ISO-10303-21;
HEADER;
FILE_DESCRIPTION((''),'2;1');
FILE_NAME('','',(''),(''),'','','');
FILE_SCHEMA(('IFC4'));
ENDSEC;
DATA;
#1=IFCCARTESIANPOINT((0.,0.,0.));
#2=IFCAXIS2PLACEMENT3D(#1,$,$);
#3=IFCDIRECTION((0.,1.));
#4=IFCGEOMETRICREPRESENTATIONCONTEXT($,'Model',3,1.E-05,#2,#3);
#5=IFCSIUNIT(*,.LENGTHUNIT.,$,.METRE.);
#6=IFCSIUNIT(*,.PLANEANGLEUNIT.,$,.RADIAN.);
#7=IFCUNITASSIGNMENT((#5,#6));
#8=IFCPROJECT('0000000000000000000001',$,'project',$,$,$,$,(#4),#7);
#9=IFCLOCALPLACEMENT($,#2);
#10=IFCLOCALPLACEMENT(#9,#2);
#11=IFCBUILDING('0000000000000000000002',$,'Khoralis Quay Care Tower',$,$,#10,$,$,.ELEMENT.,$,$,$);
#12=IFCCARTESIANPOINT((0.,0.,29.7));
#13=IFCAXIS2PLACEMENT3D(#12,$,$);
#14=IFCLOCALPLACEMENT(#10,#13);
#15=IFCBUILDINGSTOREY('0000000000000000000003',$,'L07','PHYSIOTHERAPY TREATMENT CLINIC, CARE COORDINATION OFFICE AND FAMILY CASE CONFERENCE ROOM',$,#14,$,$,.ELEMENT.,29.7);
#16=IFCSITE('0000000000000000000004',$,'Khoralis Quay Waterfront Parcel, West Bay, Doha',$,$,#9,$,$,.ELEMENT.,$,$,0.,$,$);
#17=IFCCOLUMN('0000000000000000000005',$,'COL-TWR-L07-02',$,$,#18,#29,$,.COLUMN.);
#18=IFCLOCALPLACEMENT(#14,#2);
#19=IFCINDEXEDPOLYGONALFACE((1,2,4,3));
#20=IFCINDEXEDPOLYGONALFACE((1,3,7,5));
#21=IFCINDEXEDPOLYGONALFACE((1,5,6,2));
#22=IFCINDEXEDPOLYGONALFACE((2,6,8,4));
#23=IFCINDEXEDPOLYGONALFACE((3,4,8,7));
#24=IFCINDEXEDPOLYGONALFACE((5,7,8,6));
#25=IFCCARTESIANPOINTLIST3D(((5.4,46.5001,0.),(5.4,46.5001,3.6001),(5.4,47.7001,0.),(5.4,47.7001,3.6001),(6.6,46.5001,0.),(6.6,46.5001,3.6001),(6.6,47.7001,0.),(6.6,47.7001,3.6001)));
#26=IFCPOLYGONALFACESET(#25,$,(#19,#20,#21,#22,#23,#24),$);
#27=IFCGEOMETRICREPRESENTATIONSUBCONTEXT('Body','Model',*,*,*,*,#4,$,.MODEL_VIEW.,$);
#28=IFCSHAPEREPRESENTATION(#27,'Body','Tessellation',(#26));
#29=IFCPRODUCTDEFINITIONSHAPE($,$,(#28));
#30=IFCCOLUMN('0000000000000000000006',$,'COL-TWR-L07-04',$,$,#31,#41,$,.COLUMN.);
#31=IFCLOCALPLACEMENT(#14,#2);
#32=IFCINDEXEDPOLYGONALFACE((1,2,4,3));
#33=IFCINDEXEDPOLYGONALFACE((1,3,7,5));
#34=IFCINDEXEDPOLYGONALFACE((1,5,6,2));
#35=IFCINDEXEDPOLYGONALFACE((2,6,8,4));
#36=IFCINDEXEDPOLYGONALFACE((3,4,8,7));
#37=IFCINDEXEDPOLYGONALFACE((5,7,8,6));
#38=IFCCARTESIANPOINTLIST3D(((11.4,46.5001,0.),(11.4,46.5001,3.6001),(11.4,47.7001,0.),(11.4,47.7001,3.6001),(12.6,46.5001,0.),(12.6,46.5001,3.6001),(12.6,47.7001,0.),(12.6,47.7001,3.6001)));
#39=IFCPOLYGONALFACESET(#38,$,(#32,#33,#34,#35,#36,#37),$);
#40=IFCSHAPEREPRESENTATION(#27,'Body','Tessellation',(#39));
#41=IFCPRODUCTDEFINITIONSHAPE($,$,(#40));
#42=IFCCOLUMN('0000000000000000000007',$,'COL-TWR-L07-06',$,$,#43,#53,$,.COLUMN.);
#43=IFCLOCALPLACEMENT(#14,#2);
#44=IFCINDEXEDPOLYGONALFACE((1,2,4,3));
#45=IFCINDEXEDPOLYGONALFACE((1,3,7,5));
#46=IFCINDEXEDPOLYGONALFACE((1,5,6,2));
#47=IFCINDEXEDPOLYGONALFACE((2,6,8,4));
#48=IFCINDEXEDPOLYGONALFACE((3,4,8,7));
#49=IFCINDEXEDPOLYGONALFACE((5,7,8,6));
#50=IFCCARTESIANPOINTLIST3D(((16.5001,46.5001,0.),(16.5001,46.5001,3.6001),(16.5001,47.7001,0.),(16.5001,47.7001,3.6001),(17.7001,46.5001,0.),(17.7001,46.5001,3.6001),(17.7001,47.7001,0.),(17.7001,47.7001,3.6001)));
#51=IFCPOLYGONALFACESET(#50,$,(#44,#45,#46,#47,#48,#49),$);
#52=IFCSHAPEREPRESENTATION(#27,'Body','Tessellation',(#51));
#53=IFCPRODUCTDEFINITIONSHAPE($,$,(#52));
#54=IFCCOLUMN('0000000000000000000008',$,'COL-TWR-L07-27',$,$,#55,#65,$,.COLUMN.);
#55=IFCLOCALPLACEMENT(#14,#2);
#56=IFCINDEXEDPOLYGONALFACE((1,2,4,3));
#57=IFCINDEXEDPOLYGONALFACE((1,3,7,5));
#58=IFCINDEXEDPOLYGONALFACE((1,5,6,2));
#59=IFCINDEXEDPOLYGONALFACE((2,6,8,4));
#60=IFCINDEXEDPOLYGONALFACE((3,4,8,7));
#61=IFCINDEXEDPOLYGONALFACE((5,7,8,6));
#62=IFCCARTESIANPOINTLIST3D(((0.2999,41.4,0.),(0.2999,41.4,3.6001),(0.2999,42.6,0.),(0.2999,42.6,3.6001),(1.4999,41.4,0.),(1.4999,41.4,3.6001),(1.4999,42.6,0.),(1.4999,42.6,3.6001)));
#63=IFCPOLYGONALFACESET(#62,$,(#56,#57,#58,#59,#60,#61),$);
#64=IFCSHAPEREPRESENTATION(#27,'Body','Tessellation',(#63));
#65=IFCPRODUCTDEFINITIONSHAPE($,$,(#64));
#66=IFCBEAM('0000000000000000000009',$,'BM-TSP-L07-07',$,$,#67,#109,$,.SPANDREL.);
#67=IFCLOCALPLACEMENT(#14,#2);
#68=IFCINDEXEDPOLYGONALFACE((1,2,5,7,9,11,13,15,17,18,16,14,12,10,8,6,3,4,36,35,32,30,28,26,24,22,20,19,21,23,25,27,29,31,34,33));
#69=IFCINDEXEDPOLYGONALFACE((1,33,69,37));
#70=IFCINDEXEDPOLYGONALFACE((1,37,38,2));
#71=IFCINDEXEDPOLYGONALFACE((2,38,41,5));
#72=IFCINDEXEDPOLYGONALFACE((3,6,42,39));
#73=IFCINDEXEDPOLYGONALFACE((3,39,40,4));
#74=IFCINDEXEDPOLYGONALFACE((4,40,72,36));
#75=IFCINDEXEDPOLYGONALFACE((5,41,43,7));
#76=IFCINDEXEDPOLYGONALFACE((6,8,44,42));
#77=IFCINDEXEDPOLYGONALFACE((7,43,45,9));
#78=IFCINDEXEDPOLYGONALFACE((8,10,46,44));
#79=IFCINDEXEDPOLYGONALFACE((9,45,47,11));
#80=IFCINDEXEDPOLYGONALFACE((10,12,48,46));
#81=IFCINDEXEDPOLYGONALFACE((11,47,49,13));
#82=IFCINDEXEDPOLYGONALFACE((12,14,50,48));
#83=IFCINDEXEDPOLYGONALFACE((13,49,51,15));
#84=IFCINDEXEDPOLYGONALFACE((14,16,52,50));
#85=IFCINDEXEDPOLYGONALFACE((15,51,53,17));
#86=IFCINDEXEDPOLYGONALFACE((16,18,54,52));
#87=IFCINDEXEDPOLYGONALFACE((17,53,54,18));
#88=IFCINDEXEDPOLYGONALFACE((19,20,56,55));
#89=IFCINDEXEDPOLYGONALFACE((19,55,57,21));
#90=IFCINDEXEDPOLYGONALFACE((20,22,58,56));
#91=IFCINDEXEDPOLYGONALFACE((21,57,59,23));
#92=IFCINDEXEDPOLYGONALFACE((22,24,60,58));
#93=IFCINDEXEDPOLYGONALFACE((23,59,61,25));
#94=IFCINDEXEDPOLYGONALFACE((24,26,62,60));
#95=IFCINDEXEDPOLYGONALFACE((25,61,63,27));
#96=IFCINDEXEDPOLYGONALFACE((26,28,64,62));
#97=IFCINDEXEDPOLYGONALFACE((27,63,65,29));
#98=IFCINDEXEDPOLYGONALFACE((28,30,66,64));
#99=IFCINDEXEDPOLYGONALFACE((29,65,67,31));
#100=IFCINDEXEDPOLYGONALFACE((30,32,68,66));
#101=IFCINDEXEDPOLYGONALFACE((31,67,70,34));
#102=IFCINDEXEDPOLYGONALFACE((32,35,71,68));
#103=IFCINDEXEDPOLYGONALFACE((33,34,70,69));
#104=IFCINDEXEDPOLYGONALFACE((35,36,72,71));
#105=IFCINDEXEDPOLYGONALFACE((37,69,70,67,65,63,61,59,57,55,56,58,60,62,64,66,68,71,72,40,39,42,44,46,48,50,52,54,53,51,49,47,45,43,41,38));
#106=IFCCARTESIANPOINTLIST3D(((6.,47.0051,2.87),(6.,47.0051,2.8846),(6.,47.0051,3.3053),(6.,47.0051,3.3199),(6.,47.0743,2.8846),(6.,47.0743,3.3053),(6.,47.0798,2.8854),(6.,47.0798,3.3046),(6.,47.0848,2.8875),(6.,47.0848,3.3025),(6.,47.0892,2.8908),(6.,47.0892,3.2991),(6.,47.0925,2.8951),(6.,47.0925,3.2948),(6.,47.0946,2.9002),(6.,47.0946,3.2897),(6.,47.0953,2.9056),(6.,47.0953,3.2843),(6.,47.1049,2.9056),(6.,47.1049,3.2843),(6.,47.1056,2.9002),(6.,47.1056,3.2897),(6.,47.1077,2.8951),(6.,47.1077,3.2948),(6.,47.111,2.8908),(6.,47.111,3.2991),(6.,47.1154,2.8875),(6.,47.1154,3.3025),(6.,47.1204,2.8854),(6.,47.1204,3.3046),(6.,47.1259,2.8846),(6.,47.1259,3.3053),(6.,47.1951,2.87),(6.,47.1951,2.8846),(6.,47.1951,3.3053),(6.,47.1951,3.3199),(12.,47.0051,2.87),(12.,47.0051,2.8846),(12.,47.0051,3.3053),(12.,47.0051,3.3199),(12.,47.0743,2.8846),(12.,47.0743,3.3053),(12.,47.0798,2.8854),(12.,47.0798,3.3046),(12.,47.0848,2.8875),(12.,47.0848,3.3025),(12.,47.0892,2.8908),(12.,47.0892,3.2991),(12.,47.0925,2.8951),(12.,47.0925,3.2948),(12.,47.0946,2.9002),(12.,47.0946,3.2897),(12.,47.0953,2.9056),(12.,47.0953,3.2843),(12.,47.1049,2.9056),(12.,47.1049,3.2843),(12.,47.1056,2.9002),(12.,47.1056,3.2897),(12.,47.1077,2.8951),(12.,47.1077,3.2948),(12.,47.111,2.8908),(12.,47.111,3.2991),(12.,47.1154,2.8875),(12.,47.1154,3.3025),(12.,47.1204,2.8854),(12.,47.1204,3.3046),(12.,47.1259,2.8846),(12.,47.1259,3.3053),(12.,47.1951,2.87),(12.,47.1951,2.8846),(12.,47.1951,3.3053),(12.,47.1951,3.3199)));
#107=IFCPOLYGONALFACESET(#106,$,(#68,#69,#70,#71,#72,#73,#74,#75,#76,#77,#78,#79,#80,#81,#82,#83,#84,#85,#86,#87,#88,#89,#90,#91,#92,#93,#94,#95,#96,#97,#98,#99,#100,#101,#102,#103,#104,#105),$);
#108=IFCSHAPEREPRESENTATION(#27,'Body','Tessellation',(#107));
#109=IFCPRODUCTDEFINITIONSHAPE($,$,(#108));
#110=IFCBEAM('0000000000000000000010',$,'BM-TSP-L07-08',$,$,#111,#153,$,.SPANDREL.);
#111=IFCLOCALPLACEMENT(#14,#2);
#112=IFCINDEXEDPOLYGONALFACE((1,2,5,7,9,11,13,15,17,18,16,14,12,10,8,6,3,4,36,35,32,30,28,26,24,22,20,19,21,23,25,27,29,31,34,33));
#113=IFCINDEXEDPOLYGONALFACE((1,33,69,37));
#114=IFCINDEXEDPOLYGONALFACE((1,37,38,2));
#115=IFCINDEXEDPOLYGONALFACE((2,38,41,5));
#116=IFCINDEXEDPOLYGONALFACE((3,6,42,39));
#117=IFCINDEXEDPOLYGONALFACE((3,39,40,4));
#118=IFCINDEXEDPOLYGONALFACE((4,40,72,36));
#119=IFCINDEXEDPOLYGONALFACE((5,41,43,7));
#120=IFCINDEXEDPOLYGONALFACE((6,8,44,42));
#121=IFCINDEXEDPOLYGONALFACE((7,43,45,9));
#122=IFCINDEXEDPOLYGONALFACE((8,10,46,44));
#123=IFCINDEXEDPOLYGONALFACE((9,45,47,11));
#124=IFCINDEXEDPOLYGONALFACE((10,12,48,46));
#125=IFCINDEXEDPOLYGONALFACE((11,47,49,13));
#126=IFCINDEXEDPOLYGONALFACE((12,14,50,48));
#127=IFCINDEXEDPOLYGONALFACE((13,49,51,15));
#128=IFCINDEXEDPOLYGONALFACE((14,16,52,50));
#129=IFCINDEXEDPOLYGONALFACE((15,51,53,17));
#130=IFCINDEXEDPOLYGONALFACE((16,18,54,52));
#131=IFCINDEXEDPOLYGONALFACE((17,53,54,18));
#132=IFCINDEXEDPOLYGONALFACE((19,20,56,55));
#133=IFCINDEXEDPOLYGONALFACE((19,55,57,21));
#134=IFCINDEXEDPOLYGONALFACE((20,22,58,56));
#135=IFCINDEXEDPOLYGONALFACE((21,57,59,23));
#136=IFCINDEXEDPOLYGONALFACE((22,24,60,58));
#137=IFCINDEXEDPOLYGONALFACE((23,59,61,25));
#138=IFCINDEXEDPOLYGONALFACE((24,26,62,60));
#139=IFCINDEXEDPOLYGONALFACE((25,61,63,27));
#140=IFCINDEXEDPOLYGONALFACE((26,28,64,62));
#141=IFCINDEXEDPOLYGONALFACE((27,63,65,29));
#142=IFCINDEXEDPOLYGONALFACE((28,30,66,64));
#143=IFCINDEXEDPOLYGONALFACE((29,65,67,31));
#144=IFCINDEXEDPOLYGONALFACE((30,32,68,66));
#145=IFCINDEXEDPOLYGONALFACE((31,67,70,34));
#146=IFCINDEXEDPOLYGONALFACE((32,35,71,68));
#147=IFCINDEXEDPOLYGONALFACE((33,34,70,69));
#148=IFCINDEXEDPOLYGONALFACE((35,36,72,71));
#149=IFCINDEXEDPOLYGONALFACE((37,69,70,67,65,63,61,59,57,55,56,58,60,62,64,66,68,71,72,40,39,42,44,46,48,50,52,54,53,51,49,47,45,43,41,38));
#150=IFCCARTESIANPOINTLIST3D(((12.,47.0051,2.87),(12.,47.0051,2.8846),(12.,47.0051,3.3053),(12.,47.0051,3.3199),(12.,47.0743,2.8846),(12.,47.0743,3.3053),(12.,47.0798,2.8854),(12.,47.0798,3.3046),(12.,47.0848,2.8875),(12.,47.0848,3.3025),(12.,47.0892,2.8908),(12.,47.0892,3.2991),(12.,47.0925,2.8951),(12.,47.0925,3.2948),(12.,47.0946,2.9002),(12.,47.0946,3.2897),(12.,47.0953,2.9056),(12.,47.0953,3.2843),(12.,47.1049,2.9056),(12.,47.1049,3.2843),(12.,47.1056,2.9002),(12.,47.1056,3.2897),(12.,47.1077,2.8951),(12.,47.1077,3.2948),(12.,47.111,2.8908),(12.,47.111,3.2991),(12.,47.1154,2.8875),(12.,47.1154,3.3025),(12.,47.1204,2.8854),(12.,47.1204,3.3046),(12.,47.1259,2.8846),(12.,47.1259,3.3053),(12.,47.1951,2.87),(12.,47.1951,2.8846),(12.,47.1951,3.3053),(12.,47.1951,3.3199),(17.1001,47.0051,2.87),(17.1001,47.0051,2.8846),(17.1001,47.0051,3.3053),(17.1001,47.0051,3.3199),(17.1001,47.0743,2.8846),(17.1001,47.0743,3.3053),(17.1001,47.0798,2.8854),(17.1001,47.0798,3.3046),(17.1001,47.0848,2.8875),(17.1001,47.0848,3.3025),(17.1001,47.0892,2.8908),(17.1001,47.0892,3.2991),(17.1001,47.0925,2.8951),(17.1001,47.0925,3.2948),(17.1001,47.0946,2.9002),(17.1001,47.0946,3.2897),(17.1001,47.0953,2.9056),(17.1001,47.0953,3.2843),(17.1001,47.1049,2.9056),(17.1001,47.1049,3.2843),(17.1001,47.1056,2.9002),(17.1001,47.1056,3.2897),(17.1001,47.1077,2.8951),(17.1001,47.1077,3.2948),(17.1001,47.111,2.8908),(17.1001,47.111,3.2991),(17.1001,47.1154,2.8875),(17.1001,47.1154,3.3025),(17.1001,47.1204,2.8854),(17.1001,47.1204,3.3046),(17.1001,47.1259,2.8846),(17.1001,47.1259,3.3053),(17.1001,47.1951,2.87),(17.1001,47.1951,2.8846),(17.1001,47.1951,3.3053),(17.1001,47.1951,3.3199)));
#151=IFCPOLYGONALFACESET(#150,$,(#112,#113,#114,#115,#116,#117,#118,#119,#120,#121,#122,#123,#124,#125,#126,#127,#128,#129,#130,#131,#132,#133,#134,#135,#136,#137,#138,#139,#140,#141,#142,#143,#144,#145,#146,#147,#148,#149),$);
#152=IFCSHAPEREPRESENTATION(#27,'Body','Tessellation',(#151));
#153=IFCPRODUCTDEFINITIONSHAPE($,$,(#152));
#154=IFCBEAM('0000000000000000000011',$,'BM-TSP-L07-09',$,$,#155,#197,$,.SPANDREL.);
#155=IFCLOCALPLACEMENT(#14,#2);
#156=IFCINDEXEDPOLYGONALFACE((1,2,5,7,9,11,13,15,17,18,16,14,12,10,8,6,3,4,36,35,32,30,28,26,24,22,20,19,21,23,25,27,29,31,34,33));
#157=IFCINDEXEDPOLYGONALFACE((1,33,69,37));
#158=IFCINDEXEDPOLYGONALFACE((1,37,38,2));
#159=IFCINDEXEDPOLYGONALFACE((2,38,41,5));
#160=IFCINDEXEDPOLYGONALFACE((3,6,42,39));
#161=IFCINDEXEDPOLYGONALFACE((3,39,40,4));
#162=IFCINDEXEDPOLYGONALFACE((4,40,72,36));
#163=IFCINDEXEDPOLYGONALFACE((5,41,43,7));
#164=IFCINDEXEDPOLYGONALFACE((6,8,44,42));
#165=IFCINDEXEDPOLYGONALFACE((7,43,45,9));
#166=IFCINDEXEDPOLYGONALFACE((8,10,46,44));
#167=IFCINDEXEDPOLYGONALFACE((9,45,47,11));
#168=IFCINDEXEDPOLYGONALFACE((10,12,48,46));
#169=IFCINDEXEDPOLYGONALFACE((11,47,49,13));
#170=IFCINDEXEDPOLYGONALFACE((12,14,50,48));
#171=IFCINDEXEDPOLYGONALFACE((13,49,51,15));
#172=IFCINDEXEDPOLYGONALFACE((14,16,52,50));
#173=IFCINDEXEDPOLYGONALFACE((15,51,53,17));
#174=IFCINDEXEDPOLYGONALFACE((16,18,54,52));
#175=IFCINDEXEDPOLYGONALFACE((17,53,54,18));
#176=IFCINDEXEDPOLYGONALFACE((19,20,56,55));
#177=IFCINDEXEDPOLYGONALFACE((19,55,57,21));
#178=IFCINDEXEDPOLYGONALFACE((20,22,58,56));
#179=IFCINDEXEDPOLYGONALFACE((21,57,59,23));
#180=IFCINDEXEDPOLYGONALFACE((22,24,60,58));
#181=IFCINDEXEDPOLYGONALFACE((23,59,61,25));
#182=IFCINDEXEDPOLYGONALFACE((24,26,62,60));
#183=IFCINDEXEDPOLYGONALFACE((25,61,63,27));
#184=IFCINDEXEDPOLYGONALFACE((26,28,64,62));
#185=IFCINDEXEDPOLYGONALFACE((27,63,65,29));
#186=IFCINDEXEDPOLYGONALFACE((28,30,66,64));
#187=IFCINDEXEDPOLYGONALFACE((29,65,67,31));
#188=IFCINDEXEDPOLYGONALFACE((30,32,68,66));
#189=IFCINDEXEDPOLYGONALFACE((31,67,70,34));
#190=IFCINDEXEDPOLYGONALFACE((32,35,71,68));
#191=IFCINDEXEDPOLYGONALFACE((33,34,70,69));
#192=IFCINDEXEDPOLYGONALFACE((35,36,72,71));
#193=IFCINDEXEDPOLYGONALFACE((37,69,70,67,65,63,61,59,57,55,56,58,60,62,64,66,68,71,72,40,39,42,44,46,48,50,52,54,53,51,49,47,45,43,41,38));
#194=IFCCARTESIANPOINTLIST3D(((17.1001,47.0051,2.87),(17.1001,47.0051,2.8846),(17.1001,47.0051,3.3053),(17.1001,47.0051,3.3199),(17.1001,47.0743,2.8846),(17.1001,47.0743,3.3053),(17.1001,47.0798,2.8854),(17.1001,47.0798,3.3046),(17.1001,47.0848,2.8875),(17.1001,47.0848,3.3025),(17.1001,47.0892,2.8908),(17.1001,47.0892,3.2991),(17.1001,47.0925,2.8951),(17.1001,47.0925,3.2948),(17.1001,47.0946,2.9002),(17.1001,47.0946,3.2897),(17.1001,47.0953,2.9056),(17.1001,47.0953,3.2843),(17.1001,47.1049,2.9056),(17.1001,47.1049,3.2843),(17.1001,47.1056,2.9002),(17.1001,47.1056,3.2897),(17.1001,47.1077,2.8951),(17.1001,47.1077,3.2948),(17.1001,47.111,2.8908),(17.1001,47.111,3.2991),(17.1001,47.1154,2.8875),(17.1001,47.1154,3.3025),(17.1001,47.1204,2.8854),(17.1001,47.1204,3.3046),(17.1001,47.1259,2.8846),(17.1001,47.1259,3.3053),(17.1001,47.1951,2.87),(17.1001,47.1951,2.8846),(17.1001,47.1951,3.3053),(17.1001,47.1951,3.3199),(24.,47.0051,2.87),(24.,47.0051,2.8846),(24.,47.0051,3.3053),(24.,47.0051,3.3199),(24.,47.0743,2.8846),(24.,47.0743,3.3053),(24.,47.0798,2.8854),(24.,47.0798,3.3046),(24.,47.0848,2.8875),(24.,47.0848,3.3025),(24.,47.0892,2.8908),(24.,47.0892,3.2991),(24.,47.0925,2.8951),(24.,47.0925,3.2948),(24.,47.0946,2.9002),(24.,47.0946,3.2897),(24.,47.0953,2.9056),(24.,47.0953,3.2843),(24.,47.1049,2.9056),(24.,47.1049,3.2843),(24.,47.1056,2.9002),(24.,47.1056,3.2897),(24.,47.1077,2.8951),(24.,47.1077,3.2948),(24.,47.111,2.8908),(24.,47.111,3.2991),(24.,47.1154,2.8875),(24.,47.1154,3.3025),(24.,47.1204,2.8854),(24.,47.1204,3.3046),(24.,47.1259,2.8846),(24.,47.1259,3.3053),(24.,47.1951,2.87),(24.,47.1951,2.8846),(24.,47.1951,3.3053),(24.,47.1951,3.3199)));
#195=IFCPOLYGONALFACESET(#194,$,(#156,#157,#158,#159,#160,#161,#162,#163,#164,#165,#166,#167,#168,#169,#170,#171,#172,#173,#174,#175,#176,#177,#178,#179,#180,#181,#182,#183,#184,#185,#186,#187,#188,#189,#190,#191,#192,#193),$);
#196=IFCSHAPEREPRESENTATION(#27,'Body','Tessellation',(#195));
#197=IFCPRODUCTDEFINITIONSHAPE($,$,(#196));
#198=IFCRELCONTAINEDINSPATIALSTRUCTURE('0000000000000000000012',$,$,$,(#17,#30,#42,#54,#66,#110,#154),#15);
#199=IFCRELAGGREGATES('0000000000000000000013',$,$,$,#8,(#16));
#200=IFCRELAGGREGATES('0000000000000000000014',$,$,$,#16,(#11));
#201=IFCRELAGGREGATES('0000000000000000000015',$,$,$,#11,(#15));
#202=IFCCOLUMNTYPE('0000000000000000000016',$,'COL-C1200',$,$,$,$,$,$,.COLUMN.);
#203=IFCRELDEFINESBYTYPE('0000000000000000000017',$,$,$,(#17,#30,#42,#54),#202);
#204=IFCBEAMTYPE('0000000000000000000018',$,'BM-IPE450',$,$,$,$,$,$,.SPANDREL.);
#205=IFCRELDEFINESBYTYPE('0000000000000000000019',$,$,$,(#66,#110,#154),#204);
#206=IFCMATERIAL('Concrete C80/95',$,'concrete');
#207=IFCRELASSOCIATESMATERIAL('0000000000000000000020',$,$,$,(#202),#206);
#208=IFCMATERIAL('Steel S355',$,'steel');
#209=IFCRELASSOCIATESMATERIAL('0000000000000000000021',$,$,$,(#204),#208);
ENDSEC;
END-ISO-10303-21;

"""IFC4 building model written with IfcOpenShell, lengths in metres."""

from ifc_helpers import new_model, si_unit, direction, frame, origin, origin_2d, place, context, subcontext, project, spatial, rectangle, i_section, extrude, source, transform, mapped, material, material_profile, profile_set, type_object, element, save


model = new_model("IFC4")

# Units and contexts
model_context = context("Model", 3, precision=1e-05, world=origin(), true_north=direction((0.0, 1.0)))
body_context = subcontext(model_context, "Body", "Model", "MODEL_VIEW")
ifc_project = project(units=[si_unit("LENGTHUNIT", "METRE"), si_unit("PLANEANGLEUNIT", "RADIAN")], contexts=[model_context])

# Site, building, storey
site_placement = place(None, origin())
site = spatial("IfcSite", under=ifc_project, at=site_placement, Name="Khoralis Quay Waterfront Parcel, West Bay, Doha", CompositionType="ELEMENT", RefElevation=0.0)
building_placement = place(site_placement, origin())
building = spatial("IfcBuilding", under=site, at=building_placement, Name="Khoralis Quay Care Tower", CompositionType="ELEMENT")
storey_placement = place(building_placement, frame((0.0, 0.0, 29.7)))
storey = spatial("IfcBuildingStorey", under=building, at=storey_placement, Name="L07", Description="PHYSIOTHERAPY TREATMENT CLINIC, CARE COORDINATION OFFICE AND FAMILY CASE CONFERENCE ROOM", CompositionType="ELEMENT", Elevation=29.7)

# Columns
ifc_material_1 = material(Name="Concrete C80/95", Category="concrete")
ifc_material_profile_1 = material_profile(ifc_material_1, rectangle(XDim=1.2, YDim=1.2, at=origin_2d()), Name="Concrete C80/95")
ifc_profile_set_1 = profile_set([ifc_material_profile_1], Name="Concrete C80/95")
column_type = type_object("IfcColumnType", Name="COL-C1200", PredefinedType="COLUMN", material=ifc_profile_set_1)
shared_shape_1 = source(origin(), body_context, "Body", "SweptSolid", [
    extrude(rectangle(XDim=1.2, YDim=1.2, at=origin_2d()), origin(), (0.0, 0.0, 1.0), 3.6001),
])
for number, where, z_axis, x_axis, name in (
    (1, (6.0, 47.1001, 0.0), (0.0, 0.0, 1.0), (1.0, 0.0, 0.0), "COL-TWR-L07-02"),
    (2, (12.0, 47.1001, 0.0), (0.0, 0.0, 1.0), (1.0, 0.0, 0.0), "COL-TWR-L07-04"),
    (3, (17.1001, 47.1001, 0.0), (0.0, 0.0, 1.0), (1.0, 0.0, 0.0), "COL-TWR-L07-06"),
    (4, (0.8999, 42.0, 0.0), (0.0, 0.0, 1.0), (1.0, 0.0, 0.0), "COL-TWR-L07-27"),
):
    element("IfcColumn", number, at=place(storey_placement, frame(where, z_axis=z_axis, x_axis=x_axis)), inside=storey, type_object=column_type, Name=name, PredefinedType="COLUMN", context=body_context, shape_type="MappedRepresentation", body=[
        mapped(shared_shape_1, transform((0.0, 0.0, 0.0), scale=1.0)),
    ])

# Beams
ifc_material_2 = material(Name="Steel S355", Category="steel")
ifc_material_profile_2 = material_profile(ifc_material_2, i_section(OverallWidth=0.1899, OverallDepth=0.45, WebThickness=0.0095, FlangeThickness=0.0146, FilletRadius=0.021, at=origin_2d()), Name="Steel S355")
ifc_profile_set_2 = profile_set([ifc_material_profile_2], Name="Steel S355")
beam_type_1 = type_object("IfcBeamType", Name="BM-IPE450", PredefinedType="SPANDREL", material=ifc_profile_set_2)
shared_shape_2 = source(origin(), body_context, "Body", "SweptSolid", [
    extrude(i_section(OverallWidth=0.1899, OverallDepth=0.45, WebThickness=0.0095, FlangeThickness=0.0146, FilletRadius=0.021, at=origin_2d()), origin(), (0.0, 0.0, 1.0), 6.0),
])
beam_1_placement = place(storey_placement, frame((6.0, 47.1001, 3.095), z_axis=(1.0, 0.0, 0.0), x_axis=(0.0, 1.0, 0.0)))
element("IfcBeam", 5, at=beam_1_placement, inside=storey, type_object=beam_type_1, Name="BM-TSP-L07-07", PredefinedType="SPANDREL", context=body_context, shape_type="MappedRepresentation", body=[
    mapped(shared_shape_2, transform((0.0, 0.0, 0.0), scale=1.0)),
])
shared_shape_3 = source(origin(), body_context, "Body", "SweptSolid", [
    extrude(i_section(OverallWidth=0.1899, OverallDepth=0.45, WebThickness=0.0095, FlangeThickness=0.0146, FilletRadius=0.021, at=origin_2d()), origin(), (0.0, 0.0, 1.0), 5.1001),
])
beam_2_placement = place(storey_placement, frame((12.0, 47.1001, 3.095), z_axis=(1.0, 0.0, 0.0), x_axis=(0.0, 1.0, 0.0)))
element("IfcBeam", 6, at=beam_2_placement, inside=storey, type_object=beam_type_1, Name="BM-TSP-L07-08", PredefinedType="SPANDREL", context=body_context, shape_type="MappedRepresentation", body=[
    mapped(shared_shape_3, transform((0.0, 0.0, 0.0), scale=1.0)),
])
shared_shape_4 = source(origin(), body_context, "Body", "SweptSolid", [
    extrude(i_section(OverallWidth=0.1899, OverallDepth=0.45, WebThickness=0.0095, FlangeThickness=0.0146, FilletRadius=0.021, at=origin_2d()), origin(), (0.0, 0.0, 1.0), 6.8999),
])
beam_3_placement = place(storey_placement, frame((17.1001, 47.1001, 3.095), z_axis=(1.0, 0.0, 0.0), x_axis=(0.0, 1.0, 0.0)))
element("IfcBeam", 7, at=beam_3_placement, inside=storey, type_object=beam_type_1, Name="BM-TSP-L07-09", PredefinedType="SPANDREL", context=body_context, shape_type="MappedRepresentation", body=[
    mapped(shared_shape_4, transform((0.0, 0.0, 0.0), scale=1.0)),
])

save(model, "model.ifc")
